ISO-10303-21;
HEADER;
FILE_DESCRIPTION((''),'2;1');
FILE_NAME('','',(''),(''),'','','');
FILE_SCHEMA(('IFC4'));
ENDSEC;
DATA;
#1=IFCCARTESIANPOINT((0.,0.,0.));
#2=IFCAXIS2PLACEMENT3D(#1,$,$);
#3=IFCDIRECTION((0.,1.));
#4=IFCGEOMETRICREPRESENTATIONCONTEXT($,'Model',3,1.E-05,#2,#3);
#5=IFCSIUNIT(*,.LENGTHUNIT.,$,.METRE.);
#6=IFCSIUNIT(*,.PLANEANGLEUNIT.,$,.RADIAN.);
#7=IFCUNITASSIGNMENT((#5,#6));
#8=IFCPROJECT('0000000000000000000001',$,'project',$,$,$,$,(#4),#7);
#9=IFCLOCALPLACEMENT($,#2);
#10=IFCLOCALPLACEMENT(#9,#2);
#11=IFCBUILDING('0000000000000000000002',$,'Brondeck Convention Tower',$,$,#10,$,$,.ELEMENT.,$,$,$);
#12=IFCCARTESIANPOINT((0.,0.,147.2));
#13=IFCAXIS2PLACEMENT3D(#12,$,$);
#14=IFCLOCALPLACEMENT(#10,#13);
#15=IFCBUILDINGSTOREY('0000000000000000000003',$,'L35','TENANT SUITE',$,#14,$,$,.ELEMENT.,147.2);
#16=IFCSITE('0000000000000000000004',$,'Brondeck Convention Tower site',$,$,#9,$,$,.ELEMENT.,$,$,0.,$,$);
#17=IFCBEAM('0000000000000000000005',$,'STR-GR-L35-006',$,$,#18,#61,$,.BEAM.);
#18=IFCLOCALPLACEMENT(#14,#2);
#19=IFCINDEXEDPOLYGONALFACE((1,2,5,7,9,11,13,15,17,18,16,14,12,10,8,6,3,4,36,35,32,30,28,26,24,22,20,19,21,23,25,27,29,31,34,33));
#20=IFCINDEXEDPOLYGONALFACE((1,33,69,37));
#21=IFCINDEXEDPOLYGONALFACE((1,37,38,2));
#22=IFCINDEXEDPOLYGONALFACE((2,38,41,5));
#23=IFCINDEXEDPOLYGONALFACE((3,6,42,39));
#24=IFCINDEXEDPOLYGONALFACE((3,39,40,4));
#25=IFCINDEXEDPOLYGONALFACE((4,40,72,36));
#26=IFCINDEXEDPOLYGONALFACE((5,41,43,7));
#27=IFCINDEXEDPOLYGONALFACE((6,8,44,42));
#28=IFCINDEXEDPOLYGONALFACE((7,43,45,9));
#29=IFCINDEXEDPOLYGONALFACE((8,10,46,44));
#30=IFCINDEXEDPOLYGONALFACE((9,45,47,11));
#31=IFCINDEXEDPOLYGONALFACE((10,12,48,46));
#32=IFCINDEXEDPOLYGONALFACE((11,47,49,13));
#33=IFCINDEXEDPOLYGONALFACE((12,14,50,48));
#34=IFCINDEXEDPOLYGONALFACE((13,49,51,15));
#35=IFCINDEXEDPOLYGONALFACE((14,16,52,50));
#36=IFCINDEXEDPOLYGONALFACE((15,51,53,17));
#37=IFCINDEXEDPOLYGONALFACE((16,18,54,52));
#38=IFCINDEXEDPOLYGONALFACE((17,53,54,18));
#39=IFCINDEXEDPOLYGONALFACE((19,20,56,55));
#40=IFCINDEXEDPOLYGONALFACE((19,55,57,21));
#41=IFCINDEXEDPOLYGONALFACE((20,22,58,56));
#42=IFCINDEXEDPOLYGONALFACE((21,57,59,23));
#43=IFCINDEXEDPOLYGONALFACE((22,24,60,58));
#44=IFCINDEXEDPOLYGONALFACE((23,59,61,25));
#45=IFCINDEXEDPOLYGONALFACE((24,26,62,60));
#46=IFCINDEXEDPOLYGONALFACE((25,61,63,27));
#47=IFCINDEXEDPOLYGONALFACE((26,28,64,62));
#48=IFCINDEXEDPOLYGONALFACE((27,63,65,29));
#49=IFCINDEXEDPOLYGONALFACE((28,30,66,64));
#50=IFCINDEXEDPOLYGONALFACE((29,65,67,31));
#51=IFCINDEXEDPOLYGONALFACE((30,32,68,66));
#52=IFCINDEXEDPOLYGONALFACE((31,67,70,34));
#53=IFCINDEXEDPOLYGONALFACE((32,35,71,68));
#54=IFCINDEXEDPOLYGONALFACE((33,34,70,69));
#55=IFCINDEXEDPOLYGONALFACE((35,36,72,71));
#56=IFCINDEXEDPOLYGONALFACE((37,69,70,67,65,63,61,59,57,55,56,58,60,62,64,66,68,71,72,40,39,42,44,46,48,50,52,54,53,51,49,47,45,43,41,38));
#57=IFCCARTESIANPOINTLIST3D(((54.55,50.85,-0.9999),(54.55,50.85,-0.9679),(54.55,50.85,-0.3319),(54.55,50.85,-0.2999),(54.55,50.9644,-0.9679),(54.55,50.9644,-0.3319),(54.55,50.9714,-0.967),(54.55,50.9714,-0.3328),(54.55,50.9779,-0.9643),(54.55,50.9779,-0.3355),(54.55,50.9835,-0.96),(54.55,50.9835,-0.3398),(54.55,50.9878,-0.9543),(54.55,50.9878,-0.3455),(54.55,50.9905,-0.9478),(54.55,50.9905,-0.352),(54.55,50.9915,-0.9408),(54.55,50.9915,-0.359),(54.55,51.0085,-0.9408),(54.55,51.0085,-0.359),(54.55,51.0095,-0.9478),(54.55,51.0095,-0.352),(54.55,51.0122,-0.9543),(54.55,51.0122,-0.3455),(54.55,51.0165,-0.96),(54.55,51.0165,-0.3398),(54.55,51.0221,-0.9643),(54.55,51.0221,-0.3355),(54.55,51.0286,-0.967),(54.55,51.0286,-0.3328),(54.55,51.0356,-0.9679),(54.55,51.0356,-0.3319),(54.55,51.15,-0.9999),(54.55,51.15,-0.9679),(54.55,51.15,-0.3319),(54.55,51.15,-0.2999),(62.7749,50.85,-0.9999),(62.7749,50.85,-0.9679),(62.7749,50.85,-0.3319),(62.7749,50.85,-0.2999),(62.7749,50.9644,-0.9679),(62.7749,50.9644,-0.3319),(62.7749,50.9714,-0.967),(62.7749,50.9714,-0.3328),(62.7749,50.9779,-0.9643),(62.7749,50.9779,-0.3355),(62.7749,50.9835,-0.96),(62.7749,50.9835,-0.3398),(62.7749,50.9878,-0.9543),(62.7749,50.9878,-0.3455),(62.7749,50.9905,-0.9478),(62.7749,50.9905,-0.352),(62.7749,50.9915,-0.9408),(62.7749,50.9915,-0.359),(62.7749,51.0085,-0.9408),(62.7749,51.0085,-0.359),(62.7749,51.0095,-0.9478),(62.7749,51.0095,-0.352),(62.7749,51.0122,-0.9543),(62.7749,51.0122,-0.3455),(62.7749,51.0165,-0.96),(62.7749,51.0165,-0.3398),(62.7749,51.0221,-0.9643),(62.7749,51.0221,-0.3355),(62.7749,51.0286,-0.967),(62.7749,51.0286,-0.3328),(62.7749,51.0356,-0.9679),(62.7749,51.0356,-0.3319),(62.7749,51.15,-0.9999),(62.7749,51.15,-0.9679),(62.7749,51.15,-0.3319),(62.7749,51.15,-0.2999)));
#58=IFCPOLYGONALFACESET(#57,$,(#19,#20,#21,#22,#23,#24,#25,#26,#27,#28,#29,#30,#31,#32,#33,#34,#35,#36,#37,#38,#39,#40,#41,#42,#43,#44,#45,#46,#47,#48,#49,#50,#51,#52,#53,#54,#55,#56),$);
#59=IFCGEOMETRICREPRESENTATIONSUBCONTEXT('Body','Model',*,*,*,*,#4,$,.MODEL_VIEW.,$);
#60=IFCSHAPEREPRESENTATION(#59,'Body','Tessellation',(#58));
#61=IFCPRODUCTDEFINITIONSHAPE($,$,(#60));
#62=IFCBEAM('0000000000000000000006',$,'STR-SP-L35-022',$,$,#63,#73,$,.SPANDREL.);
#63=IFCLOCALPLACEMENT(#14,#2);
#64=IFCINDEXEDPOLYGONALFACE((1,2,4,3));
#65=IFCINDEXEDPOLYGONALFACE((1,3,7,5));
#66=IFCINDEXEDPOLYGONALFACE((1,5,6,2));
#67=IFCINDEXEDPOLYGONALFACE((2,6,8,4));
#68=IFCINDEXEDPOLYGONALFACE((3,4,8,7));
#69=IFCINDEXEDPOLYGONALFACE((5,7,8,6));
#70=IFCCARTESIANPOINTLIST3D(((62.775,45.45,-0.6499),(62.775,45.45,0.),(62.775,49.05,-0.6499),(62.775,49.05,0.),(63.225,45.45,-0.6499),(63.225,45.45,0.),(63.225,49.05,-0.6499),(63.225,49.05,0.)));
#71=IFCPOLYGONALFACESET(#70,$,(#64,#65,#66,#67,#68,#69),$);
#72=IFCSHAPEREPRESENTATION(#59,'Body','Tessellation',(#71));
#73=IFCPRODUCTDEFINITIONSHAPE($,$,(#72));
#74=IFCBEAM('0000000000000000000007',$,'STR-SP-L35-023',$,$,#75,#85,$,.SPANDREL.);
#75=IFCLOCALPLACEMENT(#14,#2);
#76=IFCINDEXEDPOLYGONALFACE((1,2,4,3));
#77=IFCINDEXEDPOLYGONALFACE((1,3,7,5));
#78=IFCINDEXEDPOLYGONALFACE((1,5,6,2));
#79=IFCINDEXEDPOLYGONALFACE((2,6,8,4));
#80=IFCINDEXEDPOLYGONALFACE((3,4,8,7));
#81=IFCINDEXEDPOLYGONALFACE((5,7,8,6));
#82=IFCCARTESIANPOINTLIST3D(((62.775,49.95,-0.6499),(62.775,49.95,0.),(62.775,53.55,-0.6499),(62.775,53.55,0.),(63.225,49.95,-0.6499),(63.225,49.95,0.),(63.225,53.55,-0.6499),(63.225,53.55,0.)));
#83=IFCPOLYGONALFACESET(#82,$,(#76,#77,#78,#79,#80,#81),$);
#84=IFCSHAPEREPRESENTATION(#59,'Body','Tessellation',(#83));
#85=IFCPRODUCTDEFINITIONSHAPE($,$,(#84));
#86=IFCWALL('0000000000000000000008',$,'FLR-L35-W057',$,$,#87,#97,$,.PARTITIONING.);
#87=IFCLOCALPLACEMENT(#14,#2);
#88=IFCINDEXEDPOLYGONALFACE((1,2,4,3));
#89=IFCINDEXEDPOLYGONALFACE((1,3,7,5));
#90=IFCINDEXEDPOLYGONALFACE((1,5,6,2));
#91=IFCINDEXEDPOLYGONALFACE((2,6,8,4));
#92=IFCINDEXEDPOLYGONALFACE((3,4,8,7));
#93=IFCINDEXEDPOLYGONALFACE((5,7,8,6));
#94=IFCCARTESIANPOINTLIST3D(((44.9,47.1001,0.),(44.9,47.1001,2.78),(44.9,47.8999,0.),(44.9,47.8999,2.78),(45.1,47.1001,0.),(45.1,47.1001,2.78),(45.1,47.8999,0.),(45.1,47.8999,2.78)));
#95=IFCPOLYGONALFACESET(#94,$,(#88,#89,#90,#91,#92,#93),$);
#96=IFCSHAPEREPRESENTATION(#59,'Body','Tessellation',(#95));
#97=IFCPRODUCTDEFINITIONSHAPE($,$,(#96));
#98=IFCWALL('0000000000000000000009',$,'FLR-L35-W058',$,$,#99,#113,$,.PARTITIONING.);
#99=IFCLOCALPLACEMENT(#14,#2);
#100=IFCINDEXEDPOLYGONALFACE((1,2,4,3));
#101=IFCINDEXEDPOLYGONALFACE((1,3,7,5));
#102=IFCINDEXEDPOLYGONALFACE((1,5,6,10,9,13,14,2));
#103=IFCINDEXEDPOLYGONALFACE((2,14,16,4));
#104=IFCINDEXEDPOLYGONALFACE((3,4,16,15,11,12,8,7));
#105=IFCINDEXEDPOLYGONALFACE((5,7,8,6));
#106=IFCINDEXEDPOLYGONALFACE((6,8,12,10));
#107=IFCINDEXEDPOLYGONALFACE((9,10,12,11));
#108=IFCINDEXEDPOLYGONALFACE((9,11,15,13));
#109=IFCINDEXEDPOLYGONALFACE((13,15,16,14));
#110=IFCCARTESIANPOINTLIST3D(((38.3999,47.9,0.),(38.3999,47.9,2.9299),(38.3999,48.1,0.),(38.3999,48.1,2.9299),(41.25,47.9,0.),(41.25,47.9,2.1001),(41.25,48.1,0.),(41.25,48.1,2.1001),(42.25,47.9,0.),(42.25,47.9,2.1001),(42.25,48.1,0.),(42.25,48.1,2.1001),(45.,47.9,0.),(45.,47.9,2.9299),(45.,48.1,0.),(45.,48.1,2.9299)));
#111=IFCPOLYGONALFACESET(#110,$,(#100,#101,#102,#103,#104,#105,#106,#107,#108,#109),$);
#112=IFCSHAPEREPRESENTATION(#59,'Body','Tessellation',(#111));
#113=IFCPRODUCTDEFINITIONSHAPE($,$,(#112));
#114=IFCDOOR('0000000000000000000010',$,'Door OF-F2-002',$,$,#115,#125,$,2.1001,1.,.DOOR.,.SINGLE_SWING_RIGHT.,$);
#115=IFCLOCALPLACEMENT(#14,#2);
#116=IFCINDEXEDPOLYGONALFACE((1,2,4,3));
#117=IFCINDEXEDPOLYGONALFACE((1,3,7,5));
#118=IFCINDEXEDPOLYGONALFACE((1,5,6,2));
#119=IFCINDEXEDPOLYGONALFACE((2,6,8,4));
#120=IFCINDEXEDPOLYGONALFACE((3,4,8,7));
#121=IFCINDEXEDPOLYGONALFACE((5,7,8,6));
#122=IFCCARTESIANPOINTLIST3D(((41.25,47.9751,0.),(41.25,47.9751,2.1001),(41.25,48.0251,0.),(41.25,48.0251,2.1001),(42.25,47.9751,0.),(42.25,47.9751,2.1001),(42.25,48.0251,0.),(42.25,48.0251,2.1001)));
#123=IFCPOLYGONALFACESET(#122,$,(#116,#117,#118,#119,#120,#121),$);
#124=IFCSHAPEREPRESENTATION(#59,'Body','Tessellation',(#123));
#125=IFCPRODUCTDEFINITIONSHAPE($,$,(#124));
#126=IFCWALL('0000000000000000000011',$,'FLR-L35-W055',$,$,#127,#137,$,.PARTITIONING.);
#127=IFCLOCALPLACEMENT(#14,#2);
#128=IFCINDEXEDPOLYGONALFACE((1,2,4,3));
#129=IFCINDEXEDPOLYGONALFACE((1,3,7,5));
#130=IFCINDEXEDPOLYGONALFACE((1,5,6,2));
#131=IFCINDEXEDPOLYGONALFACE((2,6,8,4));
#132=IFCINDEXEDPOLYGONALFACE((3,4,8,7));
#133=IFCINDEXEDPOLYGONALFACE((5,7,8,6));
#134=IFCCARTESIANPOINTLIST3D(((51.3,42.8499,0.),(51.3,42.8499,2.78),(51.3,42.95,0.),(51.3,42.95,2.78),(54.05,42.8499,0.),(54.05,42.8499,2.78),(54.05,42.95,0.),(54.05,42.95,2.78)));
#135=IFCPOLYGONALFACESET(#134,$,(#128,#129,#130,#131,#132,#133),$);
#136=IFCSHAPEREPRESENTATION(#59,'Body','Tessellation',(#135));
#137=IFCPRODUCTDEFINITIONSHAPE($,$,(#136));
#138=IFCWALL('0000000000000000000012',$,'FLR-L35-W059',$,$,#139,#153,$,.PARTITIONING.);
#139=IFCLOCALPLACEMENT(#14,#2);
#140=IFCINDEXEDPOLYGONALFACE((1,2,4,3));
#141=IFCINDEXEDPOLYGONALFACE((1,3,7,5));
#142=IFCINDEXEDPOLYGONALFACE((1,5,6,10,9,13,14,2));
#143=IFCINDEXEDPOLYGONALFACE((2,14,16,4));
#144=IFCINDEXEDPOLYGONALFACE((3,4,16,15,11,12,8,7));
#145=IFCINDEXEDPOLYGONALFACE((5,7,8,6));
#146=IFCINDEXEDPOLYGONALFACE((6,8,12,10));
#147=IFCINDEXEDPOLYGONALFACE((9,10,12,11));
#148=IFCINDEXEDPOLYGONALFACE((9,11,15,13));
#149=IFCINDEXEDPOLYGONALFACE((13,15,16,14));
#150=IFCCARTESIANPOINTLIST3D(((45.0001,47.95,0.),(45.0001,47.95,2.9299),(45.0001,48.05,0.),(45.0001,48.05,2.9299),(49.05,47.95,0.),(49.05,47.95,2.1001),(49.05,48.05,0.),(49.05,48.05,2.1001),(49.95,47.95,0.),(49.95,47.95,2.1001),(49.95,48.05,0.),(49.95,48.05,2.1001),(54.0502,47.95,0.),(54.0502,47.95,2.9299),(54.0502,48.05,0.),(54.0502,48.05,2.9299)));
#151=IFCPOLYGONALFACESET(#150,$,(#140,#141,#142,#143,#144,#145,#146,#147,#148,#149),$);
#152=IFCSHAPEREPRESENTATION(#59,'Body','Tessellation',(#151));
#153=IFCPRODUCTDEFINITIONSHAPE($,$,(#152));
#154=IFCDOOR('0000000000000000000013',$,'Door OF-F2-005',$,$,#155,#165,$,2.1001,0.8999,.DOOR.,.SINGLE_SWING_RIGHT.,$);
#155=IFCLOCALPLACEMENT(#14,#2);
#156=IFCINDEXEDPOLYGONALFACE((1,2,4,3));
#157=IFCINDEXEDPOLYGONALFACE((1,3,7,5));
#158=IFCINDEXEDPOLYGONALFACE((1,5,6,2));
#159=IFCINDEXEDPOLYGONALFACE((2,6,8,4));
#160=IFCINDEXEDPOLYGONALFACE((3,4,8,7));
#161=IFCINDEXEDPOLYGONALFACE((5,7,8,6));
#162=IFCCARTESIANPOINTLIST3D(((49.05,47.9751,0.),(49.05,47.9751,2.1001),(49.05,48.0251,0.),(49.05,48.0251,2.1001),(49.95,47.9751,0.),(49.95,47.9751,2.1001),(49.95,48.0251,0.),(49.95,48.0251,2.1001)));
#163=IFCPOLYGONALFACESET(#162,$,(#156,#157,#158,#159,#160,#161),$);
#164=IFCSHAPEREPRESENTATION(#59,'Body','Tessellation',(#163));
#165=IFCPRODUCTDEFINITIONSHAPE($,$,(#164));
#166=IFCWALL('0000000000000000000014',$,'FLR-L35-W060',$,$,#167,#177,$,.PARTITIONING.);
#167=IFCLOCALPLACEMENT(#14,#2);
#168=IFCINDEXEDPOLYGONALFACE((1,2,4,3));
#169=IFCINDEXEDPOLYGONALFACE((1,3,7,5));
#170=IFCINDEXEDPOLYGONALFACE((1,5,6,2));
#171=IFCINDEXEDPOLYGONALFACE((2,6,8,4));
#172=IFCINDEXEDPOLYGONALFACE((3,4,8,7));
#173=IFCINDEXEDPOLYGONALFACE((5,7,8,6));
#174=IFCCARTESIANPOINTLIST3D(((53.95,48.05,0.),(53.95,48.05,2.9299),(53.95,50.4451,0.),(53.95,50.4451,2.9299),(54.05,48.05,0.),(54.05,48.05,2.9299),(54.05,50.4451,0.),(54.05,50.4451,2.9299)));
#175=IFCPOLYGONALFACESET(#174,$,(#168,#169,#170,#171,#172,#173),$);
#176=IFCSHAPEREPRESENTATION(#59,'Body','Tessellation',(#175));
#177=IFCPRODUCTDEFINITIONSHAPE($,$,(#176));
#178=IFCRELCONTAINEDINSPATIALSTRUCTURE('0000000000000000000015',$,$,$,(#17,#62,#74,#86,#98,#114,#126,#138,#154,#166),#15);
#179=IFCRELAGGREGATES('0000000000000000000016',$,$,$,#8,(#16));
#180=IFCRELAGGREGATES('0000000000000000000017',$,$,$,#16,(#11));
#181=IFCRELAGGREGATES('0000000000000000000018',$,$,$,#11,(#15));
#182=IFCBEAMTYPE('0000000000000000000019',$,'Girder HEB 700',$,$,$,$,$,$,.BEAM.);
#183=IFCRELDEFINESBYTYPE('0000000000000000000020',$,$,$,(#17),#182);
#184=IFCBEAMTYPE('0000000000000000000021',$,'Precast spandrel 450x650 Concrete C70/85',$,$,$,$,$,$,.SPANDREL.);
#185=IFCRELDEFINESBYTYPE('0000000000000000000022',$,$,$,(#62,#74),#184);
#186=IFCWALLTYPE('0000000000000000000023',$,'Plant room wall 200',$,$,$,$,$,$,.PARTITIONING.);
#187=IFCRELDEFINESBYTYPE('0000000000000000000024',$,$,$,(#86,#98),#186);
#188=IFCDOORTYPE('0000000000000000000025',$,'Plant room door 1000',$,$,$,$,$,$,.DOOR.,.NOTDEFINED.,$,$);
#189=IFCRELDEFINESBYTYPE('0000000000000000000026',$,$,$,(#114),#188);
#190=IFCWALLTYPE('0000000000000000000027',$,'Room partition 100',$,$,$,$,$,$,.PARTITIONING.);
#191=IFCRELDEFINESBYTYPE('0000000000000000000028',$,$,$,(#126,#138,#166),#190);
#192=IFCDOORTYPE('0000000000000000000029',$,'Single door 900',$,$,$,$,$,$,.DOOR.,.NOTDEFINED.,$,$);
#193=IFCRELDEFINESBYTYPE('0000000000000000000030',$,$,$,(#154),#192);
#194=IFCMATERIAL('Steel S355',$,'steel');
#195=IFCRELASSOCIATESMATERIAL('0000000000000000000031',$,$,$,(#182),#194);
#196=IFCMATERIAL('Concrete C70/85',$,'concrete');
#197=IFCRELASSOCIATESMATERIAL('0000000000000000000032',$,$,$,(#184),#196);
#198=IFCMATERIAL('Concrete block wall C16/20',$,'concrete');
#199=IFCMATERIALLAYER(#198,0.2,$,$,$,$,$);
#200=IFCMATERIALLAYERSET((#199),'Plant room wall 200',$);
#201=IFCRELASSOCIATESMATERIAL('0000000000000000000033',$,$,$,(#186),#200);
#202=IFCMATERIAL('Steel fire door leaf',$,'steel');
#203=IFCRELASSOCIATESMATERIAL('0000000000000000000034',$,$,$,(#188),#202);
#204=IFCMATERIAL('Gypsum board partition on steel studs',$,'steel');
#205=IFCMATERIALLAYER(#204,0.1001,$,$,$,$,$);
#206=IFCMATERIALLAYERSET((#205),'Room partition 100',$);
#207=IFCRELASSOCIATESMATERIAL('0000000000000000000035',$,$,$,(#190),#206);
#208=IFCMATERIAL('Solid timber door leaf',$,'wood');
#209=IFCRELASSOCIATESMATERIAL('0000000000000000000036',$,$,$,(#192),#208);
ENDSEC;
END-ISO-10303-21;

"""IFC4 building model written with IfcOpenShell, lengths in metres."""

from ifc_helpers import new_model, si_unit, direction, frame, frame_2d, origin, origin_2d, place, context, subcontext, project, spatial, rectangle, i_section, extrude, material, layer, layer_set, material_profile, profile_set, type_object, element, fill, save


model = new_model("IFC4")

# Units and contexts
model_context = context("Model", 3, precision=1e-05, world=origin(), true_north=direction((0.0, 1.0)))
body_context = subcontext(model_context, "Body", "Model", "MODEL_VIEW")
ifc_project = project(units=[si_unit("LENGTHUNIT", "METRE"), si_unit("PLANEANGLEUNIT", "RADIAN")], contexts=[model_context])

# Site, building, storey
site_placement = place(None, origin())
site = spatial("IfcSite", under=ifc_project, at=site_placement, Name="Brondeck Convention Tower site", CompositionType="ELEMENT", RefElevation=0.0)
building_placement = place(site_placement, origin())
building = spatial("IfcBuilding", under=site, at=building_placement, Name="Brondeck Convention Tower", CompositionType="ELEMENT")
storey_placement = place(building_placement, frame((0.0, 0.0, 147.2)))
storey = spatial("IfcBuildingStorey", under=building, at=storey_placement, Name="L35", Description="TENANT SUITE", CompositionType="ELEMENT", Elevation=147.2)

# Shared definitions
ifc_material_1 = material(Name="Concrete C70/85", Category="concrete")

# Beams
ifc_material_2 = material(Name="Steel S355", Category="steel")
ifc_material_profile_1 = material_profile(ifc_material_2, i_section(OverallWidth=0.3, OverallDepth=0.7, WebThickness=0.0171, FlangeThickness=0.032, FilletRadius=0.0271, at=origin_2d()), Name="HEB 700")
ifc_profile_set_1 = profile_set([ifc_material_profile_1], Name="Steel S355")
beam_type_1 = type_object("IfcBeamType", Name="Girder HEB 700", PredefinedType="BEAM", material=ifc_profile_set_1)
beam_1_placement = place(storey_placement, frame((54.55, 51.0, -0.6499), z_axis=(1.0, 0.0, 0.0), x_axis=(0.0, 1.0, 0.0)))
element("IfcBeam", 1, at=beam_1_placement, inside=storey, type_object=beam_type_1, Name="STR-GR-L35-006", PredefinedType="BEAM", context=body_context, shape_type="SweptSolid", body=[
    extrude(i_section(OverallWidth=0.3, OverallDepth=0.7, WebThickness=0.0171, FlangeThickness=0.032, FilletRadius=0.0271, at=origin_2d()), origin(), (0.0, 0.0, 1.0), 8.2249),
])
ifc_material_profile_2 = material_profile(ifc_material_1, rectangle(XDim=0.45, YDim=0.6499, at=origin_2d()), Name="Precast spandrel 450x650 Concrete C70/85")
ifc_profile_set_2 = profile_set([ifc_material_profile_2], Name="Concrete C70/85")
beam_type_2 = type_object("IfcBeamType", Name="Precast spandrel 450x650 Concrete C70/85", PredefinedType="SPANDREL", material=ifc_profile_set_2)
for number, where, z_axis, x_axis, name in (
    (2, (63.0, 45.45, -0.325), (0.0, 1.0, 0.0), (-1.0, 0.0, 0.0), "STR-SP-L35-022"),
    (3, (63.0, 49.95, -0.325), (0.0, 1.0, 0.0), (-1.0, 0.0, 0.0), "STR-SP-L35-023"),
):
    element("IfcBeam", number, at=place(storey_placement, frame(where, z_axis=z_axis, x_axis=x_axis)), inside=storey, type_object=beam_type_2, Name=name, PredefinedType="SPANDREL", context=body_context, shape_type="SweptSolid", body=[
        extrude(rectangle(XDim=0.45, YDim=0.6499, at=origin_2d()), origin(), (0.0, 0.0, 1.0), 3.6001),
    ])

# Wall
ifc_material_3 = material(Name="Concrete block wall C16/20", Category="concrete")
ifc_layer_1 = layer(ifc_material_3, 0.2)
ifc_layer_set_1 = layer_set([ifc_layer_1], Name="Plant room wall 200")
wall_type_1 = type_object("IfcWallType", Name="Plant room wall 200", PredefinedType="PARTITIONING", material=ifc_layer_set_1)
wall_1_placement = place(storey_placement, frame((45.0, 47.8999, 0.0), z_axis=(0.0, 0.0, 1.0), x_axis=(0.0, -1.0, 0.0)))
element("IfcWall", 4, at=wall_1_placement, inside=storey, type_object=wall_type_1, Name="FLR-L35-W057", PredefinedType="PARTITIONING", context=body_context, shape_type="SweptSolid", body=[
    extrude(rectangle(XDim=0.7998, YDim=0.2, at=frame_2d((0.3999, 0.0))), origin(), (0.0, 0.0, 1.0), 2.78),
])

# Wall, opening, door
wall_2_placement = place(storey_placement, frame((45.0, 48.0, 0.0), z_axis=(0.0, 0.0, 1.0), x_axis=(-1.0, 0.0, 0.0)))
wall_2 = element("IfcWall", 5, at=wall_2_placement, inside=storey, type_object=wall_type_1, Name="FLR-L35-W058", PredefinedType="PARTITIONING", context=body_context, shape_type="SweptSolid", body=[
    extrude(rectangle(XDim=6.6001, YDim=0.2, at=frame_2d((3.3, 0.0))), origin(), (0.0, 0.0, 1.0), 2.9299),
])
opening_1_placement = place(wall_2_placement, frame((2.75, 0.0, 0.0)))
opening_1 = element("IfcOpeningElement", 6, at=opening_1_placement, cuts=wall_2, PredefinedType="OPENING", context=body_context, shape_type="SweptSolid", body=[
    extrude(rectangle(XDim=1.0, YDim=2.1001, at=frame_2d((0.5, 1.05))), frame((0.0, 0.1099, 0.0), z_axis=(0.0, -1.0, 0.0), x_axis=(1.0, 0.0, 0.0)), (0.0, 0.0, 1.0), 0.22),
])
ifc_material_4 = material(Name="Steel fire door leaf", Category="steel")
door_type_1 = type_object("IfcDoorType", Name="Plant room door 1000", OperationType="NOTDEFINED", PredefinedType="DOOR", material=ifc_material_4)
door_1_placement = place(opening_1_placement, origin())
door_1 = element("IfcDoor", 7, at=door_1_placement, inside=storey, type_object=door_type_1, Name="Door OF-F2-002", OperationType="SINGLE_SWING_RIGHT", OverallHeight=2.1001, OverallWidth=1.0, PredefinedType="DOOR", context=body_context, shape_type="SweptSolid", body=[
    extrude(rectangle(XDim=1.0, YDim=2.1001, at=frame_2d((0.5, 1.05))), frame((0.0, 0.0249, 0.0), z_axis=(0.0, -1.0, 0.0), x_axis=(1.0, 0.0, 0.0)), (0.0, 0.0, 1.0), 0.05),
])
fill(opening_1, door_1)

# Wall
ifc_material_5 = material(Name="Gypsum board partition on steel studs", Category="steel")
ifc_layer_2 = layer(ifc_material_5, 0.1001)
ifc_layer_set_2 = layer_set([ifc_layer_2], Name="Room partition 100")
wall_type_2 = type_object("IfcWallType", Name="Room partition 100", PredefinedType="PARTITIONING", material=ifc_layer_set_2)
wall_3_placement = place(storey_placement, frame((51.3, 42.8999, 0.0), z_axis=(0.0, 0.0, 1.0), x_axis=(1.0, 0.0, 0.0)))
element("IfcWall", 8, at=wall_3_placement, inside=storey, type_object=wall_type_2, Name="FLR-L35-W055", PredefinedType="PARTITIONING", context=body_context, shape_type="SweptSolid", body=[
    extrude(rectangle(XDim=2.75, YDim=0.1001, at=frame_2d((1.375, 0.0))), origin(), (0.0, 0.0, 1.0), 2.78),
])

# Wall, opening, door
wall_4_placement = place(storey_placement, frame((54.05, 48.0, 0.0), z_axis=(0.0, 0.0, 1.0), x_axis=(-1.0, 0.0, 0.0)))
wall_4 = element("IfcWall", 9, at=wall_4_placement, inside=storey, type_object=wall_type_2, Name="FLR-L35-W059", PredefinedType="PARTITIONING", context=body_context, shape_type="SweptSolid", body=[
    extrude(rectangle(XDim=9.05, YDim=0.1001, at=frame_2d((4.5249, 0.0))), origin(), (0.0, 0.0, 1.0), 2.9299),
])
opening_2_placement = place(wall_4_placement, frame((4.1001, 0.0, 0.0)))
opening_2 = element("IfcOpeningElement", 10, at=opening_2_placement, cuts=wall_4, PredefinedType="OPENING", context=body_context, shape_type="SweptSolid", body=[
    extrude(rectangle(XDim=0.8999, YDim=2.1001, at=frame_2d((0.45, 1.05))), frame((0.0, 0.0601, 0.0), z_axis=(0.0, -1.0, 0.0), x_axis=(1.0, 0.0, 0.0)), (0.0, 0.0, 1.0), 0.1201),
])
ifc_material_6 = material(Name="Solid timber door leaf", Category="wood")
door_type_2 = type_object("IfcDoorType", Name="Single door 900", OperationType="NOTDEFINED", PredefinedType="DOOR", material=ifc_material_6)
door_2_placement = place(opening_2_placement, origin())
door_2 = element("IfcDoor", 11, at=door_2_placement, inside=storey, type_object=door_type_2, Name="Door OF-F2-005", OperationType="SINGLE_SWING_RIGHT", OverallHeight=2.1001, OverallWidth=0.8999, PredefinedType="DOOR", context=body_context, shape_type="SweptSolid", body=[
    extrude(rectangle(XDim=0.8999, YDim=2.1001, at=frame_2d((0.45, 1.05))), frame((0.0, 0.0249, 0.0), z_axis=(0.0, -1.0, 0.0), x_axis=(1.0, 0.0, 0.0)), (0.0, 0.0, 1.0), 0.05),
])
fill(opening_2, door_2)

# Wall
wall_5_placement = place(storey_placement, frame((54.0, 50.4451, 0.0), z_axis=(0.0, 0.0, 1.0), x_axis=(0.0, -1.0, 0.0)))
element("IfcWall", 12, at=wall_5_placement, inside=storey, type_object=wall_type_2, Name="FLR-L35-W060", PredefinedType="PARTITIONING", context=body_context, shape_type="SweptSolid", body=[
    extrude(rectangle(XDim=2.395, YDim=0.1001, at=frame_2d((1.1975, 0.0))), origin(), (0.0, 0.0, 1.0), 2.9299),
])

save(model, "model.ifc")
